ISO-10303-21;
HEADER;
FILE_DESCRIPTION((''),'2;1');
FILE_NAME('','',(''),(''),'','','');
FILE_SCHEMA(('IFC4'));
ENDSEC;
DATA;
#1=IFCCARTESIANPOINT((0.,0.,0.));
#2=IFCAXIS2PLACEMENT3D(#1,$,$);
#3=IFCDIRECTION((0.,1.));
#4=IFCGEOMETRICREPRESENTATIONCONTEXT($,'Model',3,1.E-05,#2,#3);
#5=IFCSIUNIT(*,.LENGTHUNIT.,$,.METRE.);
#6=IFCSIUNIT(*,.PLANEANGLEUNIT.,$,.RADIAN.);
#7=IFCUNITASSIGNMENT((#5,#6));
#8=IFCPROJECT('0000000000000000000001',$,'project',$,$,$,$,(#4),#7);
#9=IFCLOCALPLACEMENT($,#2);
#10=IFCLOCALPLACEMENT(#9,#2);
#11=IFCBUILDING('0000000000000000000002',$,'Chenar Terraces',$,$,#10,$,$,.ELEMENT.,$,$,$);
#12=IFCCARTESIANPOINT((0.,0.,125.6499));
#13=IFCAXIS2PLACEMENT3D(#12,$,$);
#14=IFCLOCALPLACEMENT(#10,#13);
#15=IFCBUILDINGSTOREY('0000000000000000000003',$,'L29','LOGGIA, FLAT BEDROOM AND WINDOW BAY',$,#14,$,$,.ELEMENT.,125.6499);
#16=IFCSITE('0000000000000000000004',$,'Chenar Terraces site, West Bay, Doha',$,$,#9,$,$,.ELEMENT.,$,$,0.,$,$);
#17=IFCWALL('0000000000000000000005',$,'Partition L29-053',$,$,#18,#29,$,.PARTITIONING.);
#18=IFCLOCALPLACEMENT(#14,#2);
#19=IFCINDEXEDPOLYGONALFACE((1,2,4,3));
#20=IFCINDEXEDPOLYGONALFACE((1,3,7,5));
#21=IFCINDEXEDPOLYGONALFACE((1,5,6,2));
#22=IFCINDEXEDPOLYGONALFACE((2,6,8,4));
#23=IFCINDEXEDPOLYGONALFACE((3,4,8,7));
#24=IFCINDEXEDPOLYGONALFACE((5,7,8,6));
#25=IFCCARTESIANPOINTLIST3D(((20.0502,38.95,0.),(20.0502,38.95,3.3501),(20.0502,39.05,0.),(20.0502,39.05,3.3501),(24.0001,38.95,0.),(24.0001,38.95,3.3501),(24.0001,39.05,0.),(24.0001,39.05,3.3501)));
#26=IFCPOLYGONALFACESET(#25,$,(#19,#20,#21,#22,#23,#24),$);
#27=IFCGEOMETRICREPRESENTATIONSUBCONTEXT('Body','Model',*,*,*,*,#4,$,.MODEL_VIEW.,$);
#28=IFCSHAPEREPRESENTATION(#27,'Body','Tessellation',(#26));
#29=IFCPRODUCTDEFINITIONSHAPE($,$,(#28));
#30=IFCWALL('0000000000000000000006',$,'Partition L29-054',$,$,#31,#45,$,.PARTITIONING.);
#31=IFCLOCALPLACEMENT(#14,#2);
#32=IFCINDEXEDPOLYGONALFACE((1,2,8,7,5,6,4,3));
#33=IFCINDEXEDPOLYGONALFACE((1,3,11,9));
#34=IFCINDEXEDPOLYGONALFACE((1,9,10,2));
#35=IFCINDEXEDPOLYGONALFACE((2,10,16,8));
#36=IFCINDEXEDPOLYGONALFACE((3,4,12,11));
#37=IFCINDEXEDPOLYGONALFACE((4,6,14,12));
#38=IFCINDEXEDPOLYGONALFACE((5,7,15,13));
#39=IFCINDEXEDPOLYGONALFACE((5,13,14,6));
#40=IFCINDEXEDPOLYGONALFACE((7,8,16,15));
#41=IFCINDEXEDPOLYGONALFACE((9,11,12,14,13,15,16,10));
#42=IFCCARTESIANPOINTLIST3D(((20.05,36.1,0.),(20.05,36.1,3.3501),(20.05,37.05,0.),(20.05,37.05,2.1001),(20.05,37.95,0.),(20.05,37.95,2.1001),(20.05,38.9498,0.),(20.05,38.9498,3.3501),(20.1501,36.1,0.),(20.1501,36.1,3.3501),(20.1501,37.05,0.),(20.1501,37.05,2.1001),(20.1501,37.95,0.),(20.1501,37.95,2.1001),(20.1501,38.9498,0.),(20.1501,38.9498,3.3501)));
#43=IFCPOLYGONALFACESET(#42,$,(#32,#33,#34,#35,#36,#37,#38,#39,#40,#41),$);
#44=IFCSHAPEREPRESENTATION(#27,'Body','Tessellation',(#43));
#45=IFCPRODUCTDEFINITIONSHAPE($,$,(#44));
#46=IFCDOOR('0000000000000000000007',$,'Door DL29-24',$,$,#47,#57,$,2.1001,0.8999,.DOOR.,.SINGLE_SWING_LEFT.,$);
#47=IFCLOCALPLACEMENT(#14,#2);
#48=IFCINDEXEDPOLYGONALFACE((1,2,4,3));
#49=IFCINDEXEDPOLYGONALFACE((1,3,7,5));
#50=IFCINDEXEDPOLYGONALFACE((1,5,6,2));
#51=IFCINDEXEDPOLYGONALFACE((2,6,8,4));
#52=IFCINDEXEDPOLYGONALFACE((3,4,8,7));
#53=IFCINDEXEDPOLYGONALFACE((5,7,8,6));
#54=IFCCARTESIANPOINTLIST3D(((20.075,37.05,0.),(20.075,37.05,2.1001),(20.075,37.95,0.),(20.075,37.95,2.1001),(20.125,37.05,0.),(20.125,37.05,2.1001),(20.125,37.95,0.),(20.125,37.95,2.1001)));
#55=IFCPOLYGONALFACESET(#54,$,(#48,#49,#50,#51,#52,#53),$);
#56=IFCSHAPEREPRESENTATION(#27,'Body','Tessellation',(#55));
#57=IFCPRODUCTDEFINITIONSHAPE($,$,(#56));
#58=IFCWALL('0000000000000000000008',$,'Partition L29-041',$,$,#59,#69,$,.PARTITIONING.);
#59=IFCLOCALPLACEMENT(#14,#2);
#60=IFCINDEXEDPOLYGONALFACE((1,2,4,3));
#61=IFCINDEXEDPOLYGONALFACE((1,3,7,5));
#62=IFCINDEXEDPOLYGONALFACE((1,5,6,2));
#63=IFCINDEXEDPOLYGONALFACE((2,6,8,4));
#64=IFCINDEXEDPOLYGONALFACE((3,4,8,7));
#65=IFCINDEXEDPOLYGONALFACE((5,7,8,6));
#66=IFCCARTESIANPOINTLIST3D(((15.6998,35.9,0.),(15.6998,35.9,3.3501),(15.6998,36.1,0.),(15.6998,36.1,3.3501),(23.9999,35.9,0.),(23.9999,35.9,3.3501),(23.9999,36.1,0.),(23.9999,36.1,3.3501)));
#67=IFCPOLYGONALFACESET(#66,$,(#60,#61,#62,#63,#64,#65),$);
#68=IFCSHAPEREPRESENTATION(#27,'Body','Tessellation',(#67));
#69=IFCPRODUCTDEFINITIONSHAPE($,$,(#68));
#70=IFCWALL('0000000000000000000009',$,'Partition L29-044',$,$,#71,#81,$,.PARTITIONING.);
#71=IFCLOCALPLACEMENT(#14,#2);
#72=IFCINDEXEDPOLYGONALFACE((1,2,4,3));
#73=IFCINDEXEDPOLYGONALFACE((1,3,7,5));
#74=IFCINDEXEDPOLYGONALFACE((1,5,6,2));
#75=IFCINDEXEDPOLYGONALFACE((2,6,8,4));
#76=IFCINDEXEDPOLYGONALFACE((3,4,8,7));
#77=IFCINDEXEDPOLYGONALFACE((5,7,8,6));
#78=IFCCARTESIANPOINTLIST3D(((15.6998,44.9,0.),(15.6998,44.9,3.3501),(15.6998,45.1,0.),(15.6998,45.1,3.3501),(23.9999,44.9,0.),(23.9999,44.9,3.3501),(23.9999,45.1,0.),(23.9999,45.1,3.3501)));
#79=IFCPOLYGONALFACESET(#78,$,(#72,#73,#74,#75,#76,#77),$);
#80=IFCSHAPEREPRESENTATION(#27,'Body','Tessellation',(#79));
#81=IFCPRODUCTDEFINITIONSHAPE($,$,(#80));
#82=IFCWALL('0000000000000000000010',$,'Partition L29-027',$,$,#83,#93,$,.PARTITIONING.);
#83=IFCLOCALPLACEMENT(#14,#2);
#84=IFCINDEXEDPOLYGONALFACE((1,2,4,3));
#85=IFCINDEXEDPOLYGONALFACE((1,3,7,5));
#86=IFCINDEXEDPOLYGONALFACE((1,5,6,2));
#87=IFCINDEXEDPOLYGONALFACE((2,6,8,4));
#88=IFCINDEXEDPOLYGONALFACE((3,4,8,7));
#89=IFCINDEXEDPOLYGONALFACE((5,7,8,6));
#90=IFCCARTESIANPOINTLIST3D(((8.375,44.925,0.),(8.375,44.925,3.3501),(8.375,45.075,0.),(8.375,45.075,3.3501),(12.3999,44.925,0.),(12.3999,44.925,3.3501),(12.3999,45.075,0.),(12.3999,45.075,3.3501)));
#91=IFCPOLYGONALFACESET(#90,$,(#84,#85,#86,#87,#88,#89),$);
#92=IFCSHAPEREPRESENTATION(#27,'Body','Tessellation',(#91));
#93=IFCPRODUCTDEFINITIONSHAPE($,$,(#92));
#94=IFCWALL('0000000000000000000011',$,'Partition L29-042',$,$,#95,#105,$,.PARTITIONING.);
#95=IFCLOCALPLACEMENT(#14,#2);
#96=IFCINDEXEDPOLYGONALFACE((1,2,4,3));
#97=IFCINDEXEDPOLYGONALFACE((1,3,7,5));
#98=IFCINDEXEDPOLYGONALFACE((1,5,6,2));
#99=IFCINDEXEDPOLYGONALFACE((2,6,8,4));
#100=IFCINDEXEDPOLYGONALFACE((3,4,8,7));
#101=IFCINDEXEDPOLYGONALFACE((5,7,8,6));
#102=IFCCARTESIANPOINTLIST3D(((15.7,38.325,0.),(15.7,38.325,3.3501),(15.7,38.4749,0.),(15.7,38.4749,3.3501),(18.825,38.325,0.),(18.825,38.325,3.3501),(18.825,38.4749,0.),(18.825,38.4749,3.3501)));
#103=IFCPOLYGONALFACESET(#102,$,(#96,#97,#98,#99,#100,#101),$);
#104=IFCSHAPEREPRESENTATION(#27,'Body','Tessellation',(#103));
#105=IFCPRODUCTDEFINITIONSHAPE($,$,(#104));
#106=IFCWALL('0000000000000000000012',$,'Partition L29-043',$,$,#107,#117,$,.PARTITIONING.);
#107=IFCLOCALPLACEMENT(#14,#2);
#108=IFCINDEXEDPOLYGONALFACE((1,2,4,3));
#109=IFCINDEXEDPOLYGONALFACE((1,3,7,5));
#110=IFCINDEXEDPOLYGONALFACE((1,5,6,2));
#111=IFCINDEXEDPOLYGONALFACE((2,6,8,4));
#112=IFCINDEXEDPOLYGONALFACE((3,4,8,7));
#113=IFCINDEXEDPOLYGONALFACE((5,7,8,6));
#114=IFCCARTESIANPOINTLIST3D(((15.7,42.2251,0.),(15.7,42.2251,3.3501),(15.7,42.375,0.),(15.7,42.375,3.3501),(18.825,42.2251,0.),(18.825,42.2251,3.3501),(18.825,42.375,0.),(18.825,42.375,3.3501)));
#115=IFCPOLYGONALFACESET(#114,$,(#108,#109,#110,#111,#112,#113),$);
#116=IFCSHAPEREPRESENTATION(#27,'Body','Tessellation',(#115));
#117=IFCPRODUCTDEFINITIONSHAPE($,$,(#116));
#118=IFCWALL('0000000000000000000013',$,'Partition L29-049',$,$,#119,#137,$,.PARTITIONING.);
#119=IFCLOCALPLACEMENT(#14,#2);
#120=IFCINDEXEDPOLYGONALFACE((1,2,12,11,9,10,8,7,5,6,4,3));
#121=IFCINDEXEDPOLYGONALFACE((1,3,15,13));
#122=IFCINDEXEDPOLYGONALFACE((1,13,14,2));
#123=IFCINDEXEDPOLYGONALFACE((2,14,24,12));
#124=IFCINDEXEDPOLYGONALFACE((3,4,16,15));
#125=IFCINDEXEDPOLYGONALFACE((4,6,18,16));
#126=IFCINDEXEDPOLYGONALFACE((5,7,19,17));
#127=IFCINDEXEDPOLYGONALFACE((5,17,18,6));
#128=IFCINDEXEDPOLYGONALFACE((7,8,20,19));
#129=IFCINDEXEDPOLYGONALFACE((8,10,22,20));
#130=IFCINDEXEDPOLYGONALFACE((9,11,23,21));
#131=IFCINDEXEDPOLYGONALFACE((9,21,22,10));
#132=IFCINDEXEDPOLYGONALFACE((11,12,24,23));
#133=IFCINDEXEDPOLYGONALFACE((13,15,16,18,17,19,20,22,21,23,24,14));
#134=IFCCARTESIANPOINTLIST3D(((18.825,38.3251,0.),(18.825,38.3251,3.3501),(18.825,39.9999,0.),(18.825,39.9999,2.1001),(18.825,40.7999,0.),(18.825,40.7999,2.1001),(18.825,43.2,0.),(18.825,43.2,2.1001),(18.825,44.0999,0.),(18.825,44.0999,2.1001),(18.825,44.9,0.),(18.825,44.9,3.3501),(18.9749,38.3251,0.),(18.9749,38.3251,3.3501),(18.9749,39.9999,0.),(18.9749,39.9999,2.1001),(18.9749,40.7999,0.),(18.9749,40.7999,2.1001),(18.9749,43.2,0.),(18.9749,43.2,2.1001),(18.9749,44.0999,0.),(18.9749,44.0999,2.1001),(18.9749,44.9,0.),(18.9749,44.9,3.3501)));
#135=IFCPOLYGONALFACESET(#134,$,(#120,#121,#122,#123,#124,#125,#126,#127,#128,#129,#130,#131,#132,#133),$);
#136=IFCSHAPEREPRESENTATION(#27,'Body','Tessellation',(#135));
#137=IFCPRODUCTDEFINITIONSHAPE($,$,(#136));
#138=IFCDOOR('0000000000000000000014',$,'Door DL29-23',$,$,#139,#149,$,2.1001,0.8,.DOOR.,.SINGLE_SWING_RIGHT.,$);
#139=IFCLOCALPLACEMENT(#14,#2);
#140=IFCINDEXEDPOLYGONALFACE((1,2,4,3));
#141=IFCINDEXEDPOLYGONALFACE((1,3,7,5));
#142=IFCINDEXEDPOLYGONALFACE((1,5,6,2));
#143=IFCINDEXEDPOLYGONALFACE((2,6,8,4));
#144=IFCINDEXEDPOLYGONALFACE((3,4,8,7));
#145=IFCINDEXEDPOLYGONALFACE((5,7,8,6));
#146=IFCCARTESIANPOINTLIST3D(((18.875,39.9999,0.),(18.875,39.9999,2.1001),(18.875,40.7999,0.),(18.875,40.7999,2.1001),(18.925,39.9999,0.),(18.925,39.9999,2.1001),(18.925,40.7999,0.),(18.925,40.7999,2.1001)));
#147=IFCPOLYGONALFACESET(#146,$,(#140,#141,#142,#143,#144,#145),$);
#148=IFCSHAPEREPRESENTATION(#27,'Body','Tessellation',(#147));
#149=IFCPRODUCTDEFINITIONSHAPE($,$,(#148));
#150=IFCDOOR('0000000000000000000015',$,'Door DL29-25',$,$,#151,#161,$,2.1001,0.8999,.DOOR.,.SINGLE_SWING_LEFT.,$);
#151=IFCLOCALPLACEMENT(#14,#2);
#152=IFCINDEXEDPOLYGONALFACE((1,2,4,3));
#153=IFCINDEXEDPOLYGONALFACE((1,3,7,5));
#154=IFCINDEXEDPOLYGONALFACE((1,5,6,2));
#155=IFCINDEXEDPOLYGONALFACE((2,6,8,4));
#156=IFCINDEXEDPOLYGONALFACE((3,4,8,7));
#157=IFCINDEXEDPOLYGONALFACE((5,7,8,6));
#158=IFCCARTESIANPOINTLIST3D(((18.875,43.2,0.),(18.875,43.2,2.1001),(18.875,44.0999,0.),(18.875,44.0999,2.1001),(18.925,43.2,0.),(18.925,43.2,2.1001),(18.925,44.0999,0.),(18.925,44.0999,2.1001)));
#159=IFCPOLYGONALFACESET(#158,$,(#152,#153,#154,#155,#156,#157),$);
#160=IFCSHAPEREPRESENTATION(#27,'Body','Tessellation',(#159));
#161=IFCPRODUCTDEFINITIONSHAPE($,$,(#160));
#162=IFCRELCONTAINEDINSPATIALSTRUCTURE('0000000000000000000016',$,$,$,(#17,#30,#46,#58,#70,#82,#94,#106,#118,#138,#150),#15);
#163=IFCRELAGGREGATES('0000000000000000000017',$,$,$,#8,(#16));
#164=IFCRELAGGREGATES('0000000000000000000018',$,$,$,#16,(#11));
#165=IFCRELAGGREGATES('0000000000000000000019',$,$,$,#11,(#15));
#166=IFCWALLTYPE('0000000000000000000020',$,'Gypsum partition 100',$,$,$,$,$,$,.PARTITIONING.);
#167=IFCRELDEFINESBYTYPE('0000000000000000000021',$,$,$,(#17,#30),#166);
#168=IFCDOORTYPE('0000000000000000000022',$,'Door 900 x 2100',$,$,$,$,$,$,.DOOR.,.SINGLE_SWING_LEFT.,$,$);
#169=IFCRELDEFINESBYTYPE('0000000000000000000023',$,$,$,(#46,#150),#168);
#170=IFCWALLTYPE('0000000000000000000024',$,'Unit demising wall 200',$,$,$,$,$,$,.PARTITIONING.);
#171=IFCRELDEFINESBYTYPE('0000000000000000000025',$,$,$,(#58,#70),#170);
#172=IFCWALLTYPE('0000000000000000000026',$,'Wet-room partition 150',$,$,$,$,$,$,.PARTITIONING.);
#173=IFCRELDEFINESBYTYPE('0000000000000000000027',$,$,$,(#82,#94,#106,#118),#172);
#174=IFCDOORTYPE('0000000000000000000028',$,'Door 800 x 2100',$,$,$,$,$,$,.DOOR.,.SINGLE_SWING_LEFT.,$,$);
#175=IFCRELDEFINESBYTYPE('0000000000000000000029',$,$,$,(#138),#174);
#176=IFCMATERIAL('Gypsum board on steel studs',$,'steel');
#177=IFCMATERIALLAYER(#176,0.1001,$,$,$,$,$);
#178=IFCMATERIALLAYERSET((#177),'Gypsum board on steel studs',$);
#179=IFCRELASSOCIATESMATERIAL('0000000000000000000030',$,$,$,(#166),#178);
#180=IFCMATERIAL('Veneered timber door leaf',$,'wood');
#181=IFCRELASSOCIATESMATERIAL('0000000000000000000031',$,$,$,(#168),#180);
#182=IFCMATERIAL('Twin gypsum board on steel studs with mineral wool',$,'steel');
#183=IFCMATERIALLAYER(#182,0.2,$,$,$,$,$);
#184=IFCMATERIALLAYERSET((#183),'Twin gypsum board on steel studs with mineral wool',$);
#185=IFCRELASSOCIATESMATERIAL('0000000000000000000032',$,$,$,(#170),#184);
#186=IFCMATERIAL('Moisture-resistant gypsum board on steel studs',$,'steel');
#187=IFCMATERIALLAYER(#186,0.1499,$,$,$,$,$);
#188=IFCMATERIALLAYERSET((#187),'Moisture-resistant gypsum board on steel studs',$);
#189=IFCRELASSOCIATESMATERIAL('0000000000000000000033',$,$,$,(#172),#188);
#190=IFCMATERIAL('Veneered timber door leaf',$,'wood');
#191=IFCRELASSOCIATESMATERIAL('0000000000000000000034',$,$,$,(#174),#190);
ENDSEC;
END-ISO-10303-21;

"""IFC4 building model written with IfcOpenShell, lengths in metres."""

from ifc_helpers import new_model, si_unit, direction, frame, frame_2d, origin, place, context, subcontext, project, spatial, rectangle, extrude, material, layer, layer_set, type_object, element, fill, save


model = new_model("IFC4")

# Units and contexts
model_context = context("Model", 3, precision=1e-05, world=origin(), true_north=direction((0.0, 1.0)))
body_context = subcontext(model_context, "Body", "Model", "MODEL_VIEW")
ifc_project = project(units=[si_unit("LENGTHUNIT", "METRE"), si_unit("PLANEANGLEUNIT", "RADIAN")], contexts=[model_context])

# Site, building, storey
site_placement = place(None, origin())
site = spatial("IfcSite", under=ifc_project, at=site_placement, Name="Chenar Terraces site, West Bay, Doha", CompositionType="ELEMENT", RefElevation=0.0)
building_placement = place(site_placement, origin())
building = spatial("IfcBuilding", under=site, at=building_placement, Name="Chenar Terraces", CompositionType="ELEMENT")
storey_placement = place(building_placement, frame((0.0, 0.0, 125.6499)))
storey = spatial("IfcBuildingStorey", under=building, at=storey_placement, Name="L29", Description="LOGGIA, FLAT BEDROOM AND WINDOW BAY", CompositionType="ELEMENT", Elevation=125.6499)

# Wall
ifc_material_1 = material(Name="Gypsum board on steel studs", Category="steel")
ifc_layer_1 = layer(ifc_material_1, 0.1001)
ifc_layer_set_1 = layer_set([ifc_layer_1], Name="Gypsum board on steel studs")
wall_type_1 = type_object("IfcWallType", Name="Gypsum partition 100", PredefinedType="PARTITIONING", material=ifc_layer_set_1)
wall_1_placement = place(storey_placement, frame((20.05, 39.0, 0.0), z_axis=(0.0, 0.0, 1.0), x_axis=(1.0, 0.0, 0.0)))
element("IfcWall", 1, at=wall_1_placement, inside=storey, type_object=wall_type_1, Name="Partition L29-053", PredefinedType="PARTITIONING", context=body_context, shape_type="SweptSolid", body=[
    extrude(rectangle(XDim=3.95, YDim=0.1001, at=frame_2d((1.9751, 0.0))), origin(), (0.0, 0.0, 1.0), 3.3501),
])

# Wall, opening, door
wall_2_placement = place(storey_placement, frame((20.1001, 36.1001, 0.0), z_axis=(0.0, 0.0, 1.0), x_axis=(0.0, 1.0, 0.0)))
wall_2 = element("IfcWall", 2, at=wall_2_placement, inside=storey, type_object=wall_type_1, Name="Partition L29-054", PredefinedType="PARTITIONING", context=body_context, shape_type="SweptSolid", body=[
    extrude(rectangle(XDim=2.8499, YDim=0.1001, at=frame_2d((1.4248, 0.0))), origin(), (0.0, 0.0, 1.0), 3.3501),
])
opening_1_placement = place(wall_2_placement, frame((0.95, 0.0, 0.0)))
opening_1 = element("IfcOpeningElement", 3, at=opening_1_placement, cuts=wall_2, PredefinedType="OPENING", context=body_context, shape_type="SweptSolid", body=[
    extrude(rectangle(XDim=0.8999, YDim=2.1001, at=frame_2d((0.45, 1.05))), frame((0.0, 0.0601, 0.0), z_axis=(0.0, -1.0, 0.0), x_axis=(1.0, 0.0, 0.0)), (0.0, 0.0, 1.0), 0.1201),
])
ifc_material_2 = material(Name="Veneered timber door leaf", Category="wood")
door_type_1 = type_object("IfcDoorType", Name="Door 900 x 2100", OperationType="SINGLE_SWING_LEFT", PredefinedType="DOOR", material=ifc_material_2)
door_1_placement = place(opening_1_placement, frame((0.8999, 0.0, 0.0), z_axis=(0.0, 0.0, 1.0), x_axis=(-1.0, 0.0, 0.0)))
door_1 = element("IfcDoor", 4, at=door_1_placement, inside=storey, type_object=door_type_1, Name="Door DL29-24", OperationType="SINGLE_SWING_LEFT", OverallHeight=2.1001, OverallWidth=0.8999, PredefinedType="DOOR", context=body_context, shape_type="SweptSolid", body=[
    extrude(rectangle(XDim=0.8999, YDim=2.1001, at=frame_2d((0.45, 1.05))), frame((0.0, 0.0249, 0.0), z_axis=(0.0, -1.0, 0.0), x_axis=(1.0, 0.0, 0.0)), (0.0, 0.0, 1.0), 0.05),
])
fill(opening_1, door_1)

# Walls
ifc_material_3 = material(Name="Twin gypsum board on steel studs with mineral wool", Category="steel")
ifc_layer_2 = layer(ifc_material_3, 0.2)
ifc_layer_set_2 = layer_set([ifc_layer_2], Name="Twin gypsum board on steel studs with mineral wool")
wall_type_2 = type_object("IfcWallType", Name="Unit demising wall 200", PredefinedType="PARTITIONING", material=ifc_layer_set_2)
for number, where, z_axis, x_axis, name in (
    (5, (15.7, 36.0, 0.0), (0.0, 0.0, 1.0), (1.0, 0.0, 0.0), "Partition L29-041"),
    (6, (15.7, 45.0, 0.0), (0.0, 0.0, 1.0), (1.0, 0.0, 0.0), "Partition L29-044"),
):
    element("IfcWall", number, at=place(storey_placement, frame(where, z_axis=z_axis, x_axis=x_axis)), inside=storey, type_object=wall_type_2, Name=name, PredefinedType="PARTITIONING", context=body_context, shape_type="SweptSolid", body=[
        extrude(rectangle(XDim=8.3, YDim=0.2, at=frame_2d((4.1499, 0.0))), origin(), (0.0, 0.0, 1.0), 3.3501),
    ])
ifc_material_4 = material(Name="Moisture-resistant gypsum board on steel studs", Category="steel")
ifc_layer_3 = layer(ifc_material_4, 0.1499)
ifc_layer_set_3 = layer_set([ifc_layer_3], Name="Moisture-resistant gypsum board on steel studs")
wall_type_3 = type_object("IfcWallType", Name="Wet-room partition 150", PredefinedType="PARTITIONING", material=ifc_layer_set_3)
wall_3_placement = place(storey_placement, frame((8.375, 45.0, 0.0), z_axis=(0.0, 0.0, 1.0), x_axis=(1.0, 0.0, 0.0)))
element("IfcWall", 7, at=wall_3_placement, inside=storey, type_object=wall_type_3, Name="Partition L29-027", PredefinedType="PARTITIONING", context=body_context, shape_type="SweptSolid", body=[
    extrude(rectangle(XDim=4.0249, YDim=0.1499, at=frame_2d((2.0125, 0.0))), origin(), (0.0, 0.0, 1.0), 3.3501),
])
for number, where, z_axis, x_axis, name in (
    (8, (15.7, 38.3999, 0.0), (0.0, 0.0, 1.0), (1.0, 0.0, 0.0), "Partition L29-042"),
    (9, (15.7, 42.3, 0.0), (0.0, 0.0, 1.0), (1.0, 0.0, 0.0), "Partition L29-043"),
):
    element("IfcWall", number, at=place(storey_placement, frame(where, z_axis=z_axis, x_axis=x_axis)), inside=storey, type_object=wall_type_3, Name=name, PredefinedType="PARTITIONING", context=body_context, shape_type="SweptSolid", body=[
        extrude(rectangle(XDim=3.125, YDim=0.1499, at=frame_2d((1.5625, 0.0))), origin(), (0.0, 0.0, 1.0), 3.3501),
    ])

# Wall, openings, doors
wall_4_placement = place(storey_placement, frame((18.8999, 38.325, 0.0), z_axis=(0.0, 0.0, 1.0), x_axis=(0.0, 1.0, 0.0)))
wall_4 = element("IfcWall", 10, at=wall_4_placement, inside=storey, type_object=wall_type_3, Name="Partition L29-049", PredefinedType="PARTITIONING", context=body_context, shape_type="SweptSolid", body=[
    extrude(rectangle(XDim=6.575, YDim=0.1499, at=frame_2d((3.2876, 0.0))), origin(), (0.0, 0.0, 1.0), 3.3501),
])
opening_2_placement = place(wall_4_placement, frame((1.675, 0.0, 0.0)))
opening_2 = element("IfcOpeningElement", 11, at=opening_2_placement, cuts=wall_4, PredefinedType="OPENING", context=body_context, shape_type="SweptSolid", body=[
    extrude(rectangle(XDim=0.8, YDim=2.1001, at=frame_2d((0.3999, 1.05))), frame((0.0, 0.085, 0.0), z_axis=(0.0, -1.0, 0.0), x_axis=(1.0, 0.0, 0.0)), (0.0, 0.0, 1.0), 0.1699),
])
opening_3_placement = place(wall_4_placement, frame((4.875, 0.0, 0.0)))
opening_3 = element("IfcOpeningElement", 12, at=opening_3_placement, cuts=wall_4, PredefinedType="OPENING", context=body_context, shape_type="SweptSolid", body=[
    extrude(rectangle(XDim=0.8999, YDim=2.1001, at=frame_2d((0.45, 1.05))), frame((0.0, 0.085, 0.0), z_axis=(0.0, -1.0, 0.0), x_axis=(1.0, 0.0, 0.0)), (0.0, 0.0, 1.0), 0.1699),
])
ifc_material_5 = material(Name="Veneered timber door leaf", Category="wood")
door_type_2 = type_object("IfcDoorType", Name="Door 800 x 2100", OperationType="SINGLE_SWING_LEFT", PredefinedType="DOOR", material=ifc_material_5)
door_2_placement = place(opening_2_placement, origin())
door_2 = element("IfcDoor", 13, at=door_2_placement, inside=storey, type_object=door_type_2, Name="Door DL29-23", OperationType="SINGLE_SWING_RIGHT", OverallHeight=2.1001, OverallWidth=0.8, PredefinedType="DOOR", context=body_context, shape_type="SweptSolid", body=[
    extrude(rectangle(XDim=0.8, YDim=2.1001, at=frame_2d((0.3999, 1.05))), frame((0.0, 0.0249, 0.0), z_axis=(0.0, -1.0, 0.0), x_axis=(1.0, 0.0, 0.0)), (0.0, 0.0, 1.0), 0.05),
])
fill(opening_2, door_2)
door_3_placement = place(opening_3_placement, origin())
door_3 = element("IfcDoor", 14, at=door_3_placement, inside=storey, type_object=door_type_1, Name="Door DL29-25", OperationType="SINGLE_SWING_LEFT", OverallHeight=2.1001, OverallWidth=0.8999, PredefinedType="DOOR", context=body_context, shape_type="SweptSolid", body=[
    extrude(rectangle(XDim=0.8999, YDim=2.1001, at=frame_2d((0.45, 1.05))), frame((0.0, 0.0249, 0.0), z_axis=(0.0, -1.0, 0.0), x_axis=(1.0, 0.0, 0.0)), (0.0, 0.0, 1.0), 0.05),
])
fill(opening_3, door_3)

save(model, "model.ifc")
